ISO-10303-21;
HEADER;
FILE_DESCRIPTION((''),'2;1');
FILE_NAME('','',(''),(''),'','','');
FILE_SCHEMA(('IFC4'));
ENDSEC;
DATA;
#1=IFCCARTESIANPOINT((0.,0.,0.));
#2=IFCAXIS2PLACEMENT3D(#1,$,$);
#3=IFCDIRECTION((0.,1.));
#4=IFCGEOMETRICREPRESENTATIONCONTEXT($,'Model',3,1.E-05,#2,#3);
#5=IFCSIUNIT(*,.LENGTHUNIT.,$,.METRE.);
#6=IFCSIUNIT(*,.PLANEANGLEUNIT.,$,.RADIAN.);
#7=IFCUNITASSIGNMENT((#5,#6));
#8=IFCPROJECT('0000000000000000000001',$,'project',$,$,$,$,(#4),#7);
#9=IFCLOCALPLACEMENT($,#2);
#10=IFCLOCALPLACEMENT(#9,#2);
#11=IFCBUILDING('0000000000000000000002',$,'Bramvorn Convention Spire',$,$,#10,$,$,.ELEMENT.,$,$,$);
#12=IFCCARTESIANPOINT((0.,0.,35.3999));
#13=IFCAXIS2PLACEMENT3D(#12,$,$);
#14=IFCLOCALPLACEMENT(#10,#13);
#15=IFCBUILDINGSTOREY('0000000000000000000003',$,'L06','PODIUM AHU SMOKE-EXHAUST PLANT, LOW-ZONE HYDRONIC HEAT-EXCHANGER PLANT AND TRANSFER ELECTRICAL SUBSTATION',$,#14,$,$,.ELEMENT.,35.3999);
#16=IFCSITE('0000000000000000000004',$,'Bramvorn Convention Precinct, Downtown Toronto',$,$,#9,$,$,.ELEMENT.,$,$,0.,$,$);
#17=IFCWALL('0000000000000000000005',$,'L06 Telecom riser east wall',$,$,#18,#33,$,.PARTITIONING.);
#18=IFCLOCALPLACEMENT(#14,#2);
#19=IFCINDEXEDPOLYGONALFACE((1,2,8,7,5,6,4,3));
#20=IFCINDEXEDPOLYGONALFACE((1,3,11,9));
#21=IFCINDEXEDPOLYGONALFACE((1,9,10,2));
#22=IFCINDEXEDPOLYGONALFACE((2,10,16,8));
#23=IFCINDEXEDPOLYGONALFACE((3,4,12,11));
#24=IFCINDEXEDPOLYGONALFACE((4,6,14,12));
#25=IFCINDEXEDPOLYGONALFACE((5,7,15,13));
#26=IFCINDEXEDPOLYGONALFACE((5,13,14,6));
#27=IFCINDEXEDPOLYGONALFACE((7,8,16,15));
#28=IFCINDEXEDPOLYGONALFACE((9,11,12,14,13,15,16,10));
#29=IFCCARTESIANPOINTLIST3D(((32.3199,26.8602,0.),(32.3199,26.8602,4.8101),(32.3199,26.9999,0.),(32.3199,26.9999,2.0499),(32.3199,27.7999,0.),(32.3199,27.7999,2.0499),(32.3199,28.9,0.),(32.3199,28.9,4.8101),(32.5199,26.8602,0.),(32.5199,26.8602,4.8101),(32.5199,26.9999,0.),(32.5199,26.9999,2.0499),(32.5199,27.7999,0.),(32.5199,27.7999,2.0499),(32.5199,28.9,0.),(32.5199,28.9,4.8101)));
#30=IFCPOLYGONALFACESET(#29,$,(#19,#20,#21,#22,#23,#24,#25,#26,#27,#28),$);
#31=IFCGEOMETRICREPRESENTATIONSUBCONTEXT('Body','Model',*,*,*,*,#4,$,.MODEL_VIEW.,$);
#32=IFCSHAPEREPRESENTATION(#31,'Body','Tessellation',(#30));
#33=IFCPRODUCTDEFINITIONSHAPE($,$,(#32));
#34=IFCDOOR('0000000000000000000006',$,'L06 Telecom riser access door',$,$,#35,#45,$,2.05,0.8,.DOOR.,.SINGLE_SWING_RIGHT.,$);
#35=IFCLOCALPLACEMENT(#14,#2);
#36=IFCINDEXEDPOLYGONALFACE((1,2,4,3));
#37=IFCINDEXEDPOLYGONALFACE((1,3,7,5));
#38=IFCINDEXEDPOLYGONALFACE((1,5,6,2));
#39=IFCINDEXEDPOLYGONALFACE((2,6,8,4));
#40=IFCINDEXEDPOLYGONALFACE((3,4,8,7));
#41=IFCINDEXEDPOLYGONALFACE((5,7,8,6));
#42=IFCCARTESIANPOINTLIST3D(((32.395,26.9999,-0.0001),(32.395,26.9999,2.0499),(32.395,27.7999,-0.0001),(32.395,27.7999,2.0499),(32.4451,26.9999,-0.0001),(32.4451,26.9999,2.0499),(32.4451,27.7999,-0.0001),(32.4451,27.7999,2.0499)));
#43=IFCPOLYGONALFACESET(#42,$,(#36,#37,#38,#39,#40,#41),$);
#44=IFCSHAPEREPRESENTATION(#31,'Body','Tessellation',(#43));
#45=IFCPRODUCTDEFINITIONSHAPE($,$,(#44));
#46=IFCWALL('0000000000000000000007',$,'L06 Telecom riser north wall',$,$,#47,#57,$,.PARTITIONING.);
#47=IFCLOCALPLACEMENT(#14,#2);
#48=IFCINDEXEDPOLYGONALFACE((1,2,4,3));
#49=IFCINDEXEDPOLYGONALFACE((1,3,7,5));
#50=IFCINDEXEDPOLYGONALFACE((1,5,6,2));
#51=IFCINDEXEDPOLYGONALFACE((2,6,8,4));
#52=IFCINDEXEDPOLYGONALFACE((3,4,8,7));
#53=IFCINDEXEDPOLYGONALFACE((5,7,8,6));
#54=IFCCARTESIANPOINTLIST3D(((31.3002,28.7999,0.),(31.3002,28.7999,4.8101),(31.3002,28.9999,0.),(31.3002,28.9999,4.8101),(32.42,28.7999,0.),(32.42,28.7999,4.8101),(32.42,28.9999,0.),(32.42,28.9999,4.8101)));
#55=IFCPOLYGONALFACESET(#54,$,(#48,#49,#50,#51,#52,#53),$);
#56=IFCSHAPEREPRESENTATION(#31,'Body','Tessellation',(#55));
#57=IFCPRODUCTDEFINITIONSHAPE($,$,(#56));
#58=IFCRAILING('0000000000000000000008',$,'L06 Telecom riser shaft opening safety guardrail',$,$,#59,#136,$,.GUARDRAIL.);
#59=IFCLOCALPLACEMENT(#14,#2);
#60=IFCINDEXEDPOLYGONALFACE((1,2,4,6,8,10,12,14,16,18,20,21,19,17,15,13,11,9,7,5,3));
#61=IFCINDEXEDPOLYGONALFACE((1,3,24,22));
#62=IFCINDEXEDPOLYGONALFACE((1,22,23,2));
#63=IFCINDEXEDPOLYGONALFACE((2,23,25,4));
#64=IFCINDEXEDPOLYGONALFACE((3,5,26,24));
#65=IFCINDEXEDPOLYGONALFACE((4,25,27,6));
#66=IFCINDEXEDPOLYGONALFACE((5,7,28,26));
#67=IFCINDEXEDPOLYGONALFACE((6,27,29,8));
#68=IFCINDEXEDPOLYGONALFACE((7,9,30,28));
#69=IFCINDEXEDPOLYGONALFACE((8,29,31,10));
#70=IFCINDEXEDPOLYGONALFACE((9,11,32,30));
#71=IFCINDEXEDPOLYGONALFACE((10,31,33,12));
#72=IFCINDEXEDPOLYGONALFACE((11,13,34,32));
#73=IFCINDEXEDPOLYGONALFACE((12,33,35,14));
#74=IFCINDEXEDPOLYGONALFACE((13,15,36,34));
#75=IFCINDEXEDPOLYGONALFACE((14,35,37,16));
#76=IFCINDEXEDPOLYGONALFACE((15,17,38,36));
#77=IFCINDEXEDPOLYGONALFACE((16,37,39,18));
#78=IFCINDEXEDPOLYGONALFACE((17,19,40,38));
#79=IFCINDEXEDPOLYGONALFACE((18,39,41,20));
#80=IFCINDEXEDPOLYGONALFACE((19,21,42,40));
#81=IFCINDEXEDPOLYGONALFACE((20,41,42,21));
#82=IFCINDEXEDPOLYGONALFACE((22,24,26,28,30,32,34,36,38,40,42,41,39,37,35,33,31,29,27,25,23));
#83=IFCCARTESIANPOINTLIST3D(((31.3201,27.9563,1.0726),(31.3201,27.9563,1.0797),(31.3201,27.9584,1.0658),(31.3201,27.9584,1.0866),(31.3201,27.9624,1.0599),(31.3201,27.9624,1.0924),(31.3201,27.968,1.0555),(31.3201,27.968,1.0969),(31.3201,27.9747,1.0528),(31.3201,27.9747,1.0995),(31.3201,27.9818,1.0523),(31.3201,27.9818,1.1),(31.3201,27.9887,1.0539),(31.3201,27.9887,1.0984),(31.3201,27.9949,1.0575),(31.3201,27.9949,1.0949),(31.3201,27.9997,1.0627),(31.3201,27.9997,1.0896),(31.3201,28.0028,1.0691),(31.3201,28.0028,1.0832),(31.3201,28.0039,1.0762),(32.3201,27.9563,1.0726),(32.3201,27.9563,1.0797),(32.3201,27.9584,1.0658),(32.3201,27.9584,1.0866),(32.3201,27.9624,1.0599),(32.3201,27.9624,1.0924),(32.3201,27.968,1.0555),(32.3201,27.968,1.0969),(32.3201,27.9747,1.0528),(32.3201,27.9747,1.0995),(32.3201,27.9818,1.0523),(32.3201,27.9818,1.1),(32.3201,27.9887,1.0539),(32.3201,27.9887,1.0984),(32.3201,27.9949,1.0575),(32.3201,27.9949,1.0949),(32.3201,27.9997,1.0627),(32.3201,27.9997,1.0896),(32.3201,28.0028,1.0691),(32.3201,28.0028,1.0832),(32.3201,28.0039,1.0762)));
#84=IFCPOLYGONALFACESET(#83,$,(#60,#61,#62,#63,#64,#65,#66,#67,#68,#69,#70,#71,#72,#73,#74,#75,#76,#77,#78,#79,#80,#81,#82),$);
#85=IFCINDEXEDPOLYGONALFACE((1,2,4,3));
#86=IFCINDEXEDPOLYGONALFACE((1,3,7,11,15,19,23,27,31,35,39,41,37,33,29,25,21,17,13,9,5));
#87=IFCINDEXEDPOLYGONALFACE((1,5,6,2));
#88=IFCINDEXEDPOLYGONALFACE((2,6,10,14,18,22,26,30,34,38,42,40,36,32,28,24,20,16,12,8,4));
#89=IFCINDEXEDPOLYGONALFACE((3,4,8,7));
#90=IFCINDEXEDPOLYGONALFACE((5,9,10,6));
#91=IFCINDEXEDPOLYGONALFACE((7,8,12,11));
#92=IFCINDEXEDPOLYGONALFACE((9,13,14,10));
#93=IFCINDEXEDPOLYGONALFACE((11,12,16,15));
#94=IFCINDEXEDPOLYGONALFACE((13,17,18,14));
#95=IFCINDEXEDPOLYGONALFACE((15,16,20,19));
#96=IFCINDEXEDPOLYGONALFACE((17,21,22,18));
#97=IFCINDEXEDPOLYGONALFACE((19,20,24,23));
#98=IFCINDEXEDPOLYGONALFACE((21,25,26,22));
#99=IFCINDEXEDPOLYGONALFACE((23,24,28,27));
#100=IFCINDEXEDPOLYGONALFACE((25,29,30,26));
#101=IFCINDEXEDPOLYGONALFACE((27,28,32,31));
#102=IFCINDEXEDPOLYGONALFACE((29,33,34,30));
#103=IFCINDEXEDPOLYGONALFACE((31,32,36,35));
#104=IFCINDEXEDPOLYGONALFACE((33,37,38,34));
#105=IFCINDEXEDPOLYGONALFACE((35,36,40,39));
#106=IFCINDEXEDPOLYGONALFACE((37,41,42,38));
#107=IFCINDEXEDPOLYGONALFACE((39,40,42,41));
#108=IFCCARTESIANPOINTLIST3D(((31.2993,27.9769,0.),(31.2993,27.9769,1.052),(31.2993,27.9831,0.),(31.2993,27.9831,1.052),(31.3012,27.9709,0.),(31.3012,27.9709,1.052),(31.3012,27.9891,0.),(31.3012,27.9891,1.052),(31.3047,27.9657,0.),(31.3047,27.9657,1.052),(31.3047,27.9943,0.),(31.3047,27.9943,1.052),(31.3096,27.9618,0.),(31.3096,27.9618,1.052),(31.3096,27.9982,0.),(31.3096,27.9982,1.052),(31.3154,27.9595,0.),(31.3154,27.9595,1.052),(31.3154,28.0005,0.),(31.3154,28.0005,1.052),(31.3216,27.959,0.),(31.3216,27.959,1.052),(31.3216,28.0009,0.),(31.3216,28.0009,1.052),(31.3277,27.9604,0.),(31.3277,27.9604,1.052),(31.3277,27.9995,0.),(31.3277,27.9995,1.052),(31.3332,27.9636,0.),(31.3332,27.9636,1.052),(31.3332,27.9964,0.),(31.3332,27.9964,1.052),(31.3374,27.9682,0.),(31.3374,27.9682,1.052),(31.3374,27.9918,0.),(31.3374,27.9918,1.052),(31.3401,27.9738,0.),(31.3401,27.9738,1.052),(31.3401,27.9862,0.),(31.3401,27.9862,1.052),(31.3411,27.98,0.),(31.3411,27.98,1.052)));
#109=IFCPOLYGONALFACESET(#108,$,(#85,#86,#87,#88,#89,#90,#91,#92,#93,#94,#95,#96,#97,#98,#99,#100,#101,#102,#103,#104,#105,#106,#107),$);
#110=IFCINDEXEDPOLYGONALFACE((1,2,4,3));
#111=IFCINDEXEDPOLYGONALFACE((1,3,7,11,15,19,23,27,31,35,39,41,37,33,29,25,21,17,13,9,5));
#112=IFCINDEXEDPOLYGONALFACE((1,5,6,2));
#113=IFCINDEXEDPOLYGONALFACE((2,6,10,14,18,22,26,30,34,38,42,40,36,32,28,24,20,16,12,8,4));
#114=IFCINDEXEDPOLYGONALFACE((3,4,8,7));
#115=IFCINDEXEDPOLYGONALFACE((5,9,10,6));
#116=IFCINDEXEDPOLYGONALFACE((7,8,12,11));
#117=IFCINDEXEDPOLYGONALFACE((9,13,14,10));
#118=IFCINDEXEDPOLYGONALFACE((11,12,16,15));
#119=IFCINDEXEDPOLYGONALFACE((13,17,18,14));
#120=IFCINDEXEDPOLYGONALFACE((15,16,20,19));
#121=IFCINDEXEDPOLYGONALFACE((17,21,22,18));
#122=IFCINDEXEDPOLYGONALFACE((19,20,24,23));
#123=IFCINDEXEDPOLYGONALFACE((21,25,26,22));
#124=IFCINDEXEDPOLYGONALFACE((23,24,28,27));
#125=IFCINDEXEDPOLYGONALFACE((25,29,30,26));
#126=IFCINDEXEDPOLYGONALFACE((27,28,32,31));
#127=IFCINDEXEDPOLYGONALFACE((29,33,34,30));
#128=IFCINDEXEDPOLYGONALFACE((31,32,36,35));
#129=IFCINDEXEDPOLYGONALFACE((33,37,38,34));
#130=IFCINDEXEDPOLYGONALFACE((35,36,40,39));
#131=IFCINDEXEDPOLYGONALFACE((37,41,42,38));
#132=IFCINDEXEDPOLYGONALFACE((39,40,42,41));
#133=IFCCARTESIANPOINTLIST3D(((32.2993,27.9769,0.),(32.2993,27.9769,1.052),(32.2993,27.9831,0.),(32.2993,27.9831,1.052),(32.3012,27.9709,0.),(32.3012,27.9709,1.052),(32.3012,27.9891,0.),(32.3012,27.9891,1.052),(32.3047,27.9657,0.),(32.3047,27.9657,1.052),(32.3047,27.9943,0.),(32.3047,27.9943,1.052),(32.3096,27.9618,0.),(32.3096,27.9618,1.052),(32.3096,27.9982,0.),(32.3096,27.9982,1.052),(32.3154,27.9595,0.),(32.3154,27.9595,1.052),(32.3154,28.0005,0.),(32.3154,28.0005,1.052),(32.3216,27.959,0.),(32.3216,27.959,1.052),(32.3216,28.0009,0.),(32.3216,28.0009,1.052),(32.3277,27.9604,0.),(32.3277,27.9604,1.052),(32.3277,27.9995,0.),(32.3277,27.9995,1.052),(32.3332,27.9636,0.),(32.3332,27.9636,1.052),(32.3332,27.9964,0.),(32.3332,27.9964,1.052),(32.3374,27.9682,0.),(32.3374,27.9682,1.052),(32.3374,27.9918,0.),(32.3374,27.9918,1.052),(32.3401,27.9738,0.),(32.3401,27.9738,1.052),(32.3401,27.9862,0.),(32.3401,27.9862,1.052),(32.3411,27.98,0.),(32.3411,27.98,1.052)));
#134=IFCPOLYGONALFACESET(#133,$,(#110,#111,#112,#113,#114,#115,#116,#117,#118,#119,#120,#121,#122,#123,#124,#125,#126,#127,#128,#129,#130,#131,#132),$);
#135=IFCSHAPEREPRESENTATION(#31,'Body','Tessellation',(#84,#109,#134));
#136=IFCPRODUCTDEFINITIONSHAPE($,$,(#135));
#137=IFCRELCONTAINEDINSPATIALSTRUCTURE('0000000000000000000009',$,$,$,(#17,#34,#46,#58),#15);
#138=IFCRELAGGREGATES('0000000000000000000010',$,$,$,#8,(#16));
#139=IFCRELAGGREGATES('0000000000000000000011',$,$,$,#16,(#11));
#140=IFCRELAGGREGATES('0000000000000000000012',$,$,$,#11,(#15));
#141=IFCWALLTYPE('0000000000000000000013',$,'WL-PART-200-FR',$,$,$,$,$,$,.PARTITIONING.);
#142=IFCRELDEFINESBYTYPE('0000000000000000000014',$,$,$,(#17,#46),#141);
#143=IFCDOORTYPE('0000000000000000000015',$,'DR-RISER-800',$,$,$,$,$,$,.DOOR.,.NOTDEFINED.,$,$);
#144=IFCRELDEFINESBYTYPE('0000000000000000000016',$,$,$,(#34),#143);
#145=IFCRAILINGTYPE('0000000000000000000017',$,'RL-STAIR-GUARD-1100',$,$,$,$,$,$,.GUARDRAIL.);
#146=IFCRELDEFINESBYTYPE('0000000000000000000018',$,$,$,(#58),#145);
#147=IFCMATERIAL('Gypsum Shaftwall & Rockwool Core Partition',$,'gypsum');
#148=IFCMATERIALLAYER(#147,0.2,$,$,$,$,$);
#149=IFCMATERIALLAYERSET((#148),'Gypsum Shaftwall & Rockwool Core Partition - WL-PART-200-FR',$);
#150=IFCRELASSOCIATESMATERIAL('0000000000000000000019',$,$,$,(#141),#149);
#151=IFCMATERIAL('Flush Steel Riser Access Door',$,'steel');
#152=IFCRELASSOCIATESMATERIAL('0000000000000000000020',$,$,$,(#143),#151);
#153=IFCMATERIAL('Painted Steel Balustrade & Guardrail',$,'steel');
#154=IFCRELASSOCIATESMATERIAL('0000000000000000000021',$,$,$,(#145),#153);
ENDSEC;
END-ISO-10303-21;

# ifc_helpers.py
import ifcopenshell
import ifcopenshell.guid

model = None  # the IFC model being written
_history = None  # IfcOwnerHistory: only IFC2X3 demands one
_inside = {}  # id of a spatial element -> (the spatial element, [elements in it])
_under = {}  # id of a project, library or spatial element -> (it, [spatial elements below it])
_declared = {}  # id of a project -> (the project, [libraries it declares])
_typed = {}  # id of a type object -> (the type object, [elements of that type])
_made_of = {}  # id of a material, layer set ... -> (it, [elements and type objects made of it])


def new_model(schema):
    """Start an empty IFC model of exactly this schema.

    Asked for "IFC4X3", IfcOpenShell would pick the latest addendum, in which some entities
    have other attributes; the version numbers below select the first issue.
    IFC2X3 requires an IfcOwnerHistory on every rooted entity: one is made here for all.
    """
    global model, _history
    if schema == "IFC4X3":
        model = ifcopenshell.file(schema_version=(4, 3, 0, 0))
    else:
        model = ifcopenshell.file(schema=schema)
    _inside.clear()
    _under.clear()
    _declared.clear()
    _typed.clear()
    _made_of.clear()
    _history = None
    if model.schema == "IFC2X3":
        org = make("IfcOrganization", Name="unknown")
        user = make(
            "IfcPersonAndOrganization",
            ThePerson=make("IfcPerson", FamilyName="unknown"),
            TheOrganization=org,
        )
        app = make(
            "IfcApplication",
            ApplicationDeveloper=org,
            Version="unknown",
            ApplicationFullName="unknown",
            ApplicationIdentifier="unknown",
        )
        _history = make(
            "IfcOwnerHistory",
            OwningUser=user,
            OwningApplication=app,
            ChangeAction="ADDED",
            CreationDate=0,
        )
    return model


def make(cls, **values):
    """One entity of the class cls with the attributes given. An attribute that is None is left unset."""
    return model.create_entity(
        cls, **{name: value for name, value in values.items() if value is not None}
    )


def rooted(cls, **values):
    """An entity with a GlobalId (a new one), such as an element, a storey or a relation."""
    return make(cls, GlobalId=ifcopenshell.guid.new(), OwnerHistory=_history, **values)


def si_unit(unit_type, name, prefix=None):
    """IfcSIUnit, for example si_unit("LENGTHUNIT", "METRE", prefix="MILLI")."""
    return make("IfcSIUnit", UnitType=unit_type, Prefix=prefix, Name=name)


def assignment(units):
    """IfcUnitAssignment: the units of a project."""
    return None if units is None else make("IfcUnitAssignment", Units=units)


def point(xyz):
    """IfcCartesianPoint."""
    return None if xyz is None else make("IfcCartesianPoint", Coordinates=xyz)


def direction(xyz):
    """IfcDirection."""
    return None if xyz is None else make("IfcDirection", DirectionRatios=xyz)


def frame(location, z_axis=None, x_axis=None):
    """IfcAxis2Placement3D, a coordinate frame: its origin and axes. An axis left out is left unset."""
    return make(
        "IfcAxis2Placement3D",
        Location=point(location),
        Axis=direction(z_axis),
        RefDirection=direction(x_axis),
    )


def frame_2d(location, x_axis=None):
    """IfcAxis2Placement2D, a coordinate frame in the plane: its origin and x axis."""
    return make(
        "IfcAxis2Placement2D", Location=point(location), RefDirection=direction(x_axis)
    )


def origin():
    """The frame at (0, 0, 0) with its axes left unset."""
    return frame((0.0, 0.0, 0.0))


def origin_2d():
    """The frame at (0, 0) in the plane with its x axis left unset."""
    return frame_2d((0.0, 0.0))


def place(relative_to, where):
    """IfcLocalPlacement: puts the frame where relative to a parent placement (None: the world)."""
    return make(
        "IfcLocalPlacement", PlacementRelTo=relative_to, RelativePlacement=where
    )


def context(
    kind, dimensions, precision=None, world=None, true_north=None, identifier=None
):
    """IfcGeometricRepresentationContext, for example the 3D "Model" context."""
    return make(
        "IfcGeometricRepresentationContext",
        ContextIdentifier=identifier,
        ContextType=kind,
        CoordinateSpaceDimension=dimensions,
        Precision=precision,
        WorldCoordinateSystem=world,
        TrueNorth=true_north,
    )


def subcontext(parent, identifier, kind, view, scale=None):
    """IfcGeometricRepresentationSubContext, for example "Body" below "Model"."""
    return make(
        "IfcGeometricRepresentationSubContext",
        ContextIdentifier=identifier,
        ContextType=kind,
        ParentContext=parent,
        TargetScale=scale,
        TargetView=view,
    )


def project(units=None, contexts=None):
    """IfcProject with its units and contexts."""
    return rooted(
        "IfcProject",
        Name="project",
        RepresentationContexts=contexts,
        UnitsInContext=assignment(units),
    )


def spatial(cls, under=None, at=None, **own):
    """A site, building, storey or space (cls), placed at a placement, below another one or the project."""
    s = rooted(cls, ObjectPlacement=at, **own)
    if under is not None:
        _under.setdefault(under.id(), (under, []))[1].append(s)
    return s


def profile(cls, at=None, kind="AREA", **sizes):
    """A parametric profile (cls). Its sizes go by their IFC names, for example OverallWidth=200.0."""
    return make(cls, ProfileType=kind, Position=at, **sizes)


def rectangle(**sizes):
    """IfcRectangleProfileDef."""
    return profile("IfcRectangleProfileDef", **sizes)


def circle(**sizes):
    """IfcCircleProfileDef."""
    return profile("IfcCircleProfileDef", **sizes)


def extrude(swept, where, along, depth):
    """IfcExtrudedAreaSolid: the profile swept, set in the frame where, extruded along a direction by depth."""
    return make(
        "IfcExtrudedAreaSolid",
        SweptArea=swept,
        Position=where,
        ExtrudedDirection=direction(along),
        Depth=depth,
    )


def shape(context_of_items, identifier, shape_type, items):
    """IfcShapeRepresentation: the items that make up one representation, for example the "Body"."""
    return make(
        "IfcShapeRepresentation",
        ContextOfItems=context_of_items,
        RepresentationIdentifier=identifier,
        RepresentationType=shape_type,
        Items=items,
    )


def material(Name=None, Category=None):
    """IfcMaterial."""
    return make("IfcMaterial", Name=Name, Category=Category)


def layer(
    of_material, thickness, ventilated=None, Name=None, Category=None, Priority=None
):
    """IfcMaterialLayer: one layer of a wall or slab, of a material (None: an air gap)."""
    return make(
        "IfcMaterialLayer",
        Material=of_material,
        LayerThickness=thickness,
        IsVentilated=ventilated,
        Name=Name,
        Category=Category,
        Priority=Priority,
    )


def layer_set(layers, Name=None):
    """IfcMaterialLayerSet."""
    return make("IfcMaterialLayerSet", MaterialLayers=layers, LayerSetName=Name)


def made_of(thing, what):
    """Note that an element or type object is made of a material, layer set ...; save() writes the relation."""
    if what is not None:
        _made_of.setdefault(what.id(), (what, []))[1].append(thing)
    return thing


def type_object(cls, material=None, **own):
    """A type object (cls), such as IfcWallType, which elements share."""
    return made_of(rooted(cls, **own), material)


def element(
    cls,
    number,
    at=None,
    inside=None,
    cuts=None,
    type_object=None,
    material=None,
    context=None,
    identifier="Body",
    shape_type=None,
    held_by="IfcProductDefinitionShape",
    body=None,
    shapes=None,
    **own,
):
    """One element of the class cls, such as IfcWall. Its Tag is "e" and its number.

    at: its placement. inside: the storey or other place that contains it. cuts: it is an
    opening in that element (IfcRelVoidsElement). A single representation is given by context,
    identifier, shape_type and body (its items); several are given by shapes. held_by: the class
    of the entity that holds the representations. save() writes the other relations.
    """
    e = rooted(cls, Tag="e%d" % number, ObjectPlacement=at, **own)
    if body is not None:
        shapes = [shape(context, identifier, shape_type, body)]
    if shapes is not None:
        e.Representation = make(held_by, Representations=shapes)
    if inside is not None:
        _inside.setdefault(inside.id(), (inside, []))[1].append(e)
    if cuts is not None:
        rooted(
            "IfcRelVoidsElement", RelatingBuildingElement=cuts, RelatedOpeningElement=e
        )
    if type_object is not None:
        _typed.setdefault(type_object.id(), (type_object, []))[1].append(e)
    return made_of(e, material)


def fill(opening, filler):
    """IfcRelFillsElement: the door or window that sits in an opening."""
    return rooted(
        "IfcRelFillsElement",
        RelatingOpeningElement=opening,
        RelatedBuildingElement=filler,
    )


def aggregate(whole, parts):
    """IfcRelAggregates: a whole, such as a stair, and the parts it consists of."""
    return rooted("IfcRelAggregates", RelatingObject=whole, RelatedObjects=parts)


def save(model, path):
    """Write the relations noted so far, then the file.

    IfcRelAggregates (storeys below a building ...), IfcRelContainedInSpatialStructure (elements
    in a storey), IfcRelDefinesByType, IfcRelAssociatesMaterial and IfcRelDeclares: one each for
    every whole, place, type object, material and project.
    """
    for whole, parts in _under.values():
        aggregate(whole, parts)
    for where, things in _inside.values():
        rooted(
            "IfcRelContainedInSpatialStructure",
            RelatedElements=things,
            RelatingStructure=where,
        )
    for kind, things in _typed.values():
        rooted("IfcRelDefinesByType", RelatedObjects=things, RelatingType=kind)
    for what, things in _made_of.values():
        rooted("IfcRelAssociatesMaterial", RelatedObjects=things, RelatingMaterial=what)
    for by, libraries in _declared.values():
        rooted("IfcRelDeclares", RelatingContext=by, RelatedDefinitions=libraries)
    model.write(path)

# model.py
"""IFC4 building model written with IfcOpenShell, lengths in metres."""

from ifc_helpers import new_model, si_unit, direction, frame, frame_2d, origin, origin_2d, place, context, subcontext, project, spatial, rectangle, circle, extrude, material, layer, layer_set, type_object, element, fill, save


model = new_model("IFC4")

# Units and contexts
model_context = context("Model", 3, precision=1e-05, world=origin(), true_north=direction((0.0, 1.0)))
body_context = subcontext(model_context, "Body", "Model", "MODEL_VIEW")
ifc_project = project(units=[si_unit("LENGTHUNIT", "METRE"), si_unit("PLANEANGLEUNIT", "RADIAN")], contexts=[model_context])

# Site, building, storey
site_placement = place(None, origin())
site = spatial("IfcSite", under=ifc_project, at=site_placement, Name="Bramvorn Convention Precinct, Downtown Toronto", CompositionType="ELEMENT", RefElevation=0.0)
building_placement = place(site_placement, origin())
building = spatial("IfcBuilding", under=site, at=building_placement, Name="Bramvorn Convention Spire", CompositionType="ELEMENT")
storey_placement = place(building_placement, frame((0.0, 0.0, 35.3999)))
storey = spatial("IfcBuildingStorey", under=building, at=storey_placement, Name="L06", Description="PODIUM AHU SMOKE-EXHAUST PLANT, LOW-ZONE HYDRONIC HEAT-EXCHANGER PLANT AND TRANSFER ELECTRICAL SUBSTATION", CompositionType="ELEMENT", Elevation=35.3999)

# Wall, opening, door
ifc_material_1 = material(Name="Gypsum Shaftwall & Rockwool Core Partition", Category="gypsum")
ifc_layer_1 = layer(ifc_material_1, 0.2)
ifc_layer_set_1 = layer_set([ifc_layer_1], Name="Gypsum Shaftwall & Rockwool Core Partition - WL-PART-200-FR")
wall_type_1 = type_object("IfcWallType", Name="WL-PART-200-FR", PredefinedType="PARTITIONING", material=ifc_layer_set_1)
wall_1_placement = place(storey_placement, frame((32.4199, 26.8601, 0.0), z_axis=(0.0, 0.0, 1.0), x_axis=(0.0, 1.0, 0.0)))
wall_1 = element("IfcWall", 1, at=wall_1_placement, inside=storey, type_object=wall_type_1, Name="L06 Telecom riser east wall", PredefinedType="PARTITIONING", context=body_context, shape_type="SweptSolid", body=[
    extrude(rectangle(XDim=2.0398, YDim=0.2, at=frame_2d((1.02, 0.0))), origin(), (0.0, 0.0, 1.0), 4.8101),
])
opening_1_placement = place(wall_1_placement, frame((0.1399, 0.0, 0.0)))
opening_1 = element("IfcOpeningElement", 2, at=opening_1_placement, cuts=wall_1, PredefinedType="OPENING", context=body_context, shape_type="SweptSolid", body=[
    extrude(rectangle(XDim=0.8, YDim=2.05, at=frame_2d((0.3999, 1.0249))), frame((0.0, 0.1099, 0.0), z_axis=(0.0, -1.0, 0.0), x_axis=(1.0, 0.0, 0.0)), (0.0, 0.0, 1.0), 0.22),
])
ifc_material_2 = material(Name="Flush Steel Riser Access Door", Category="steel")
door_type_1 = type_object("IfcDoorType", Name="DR-RISER-800", OperationType="NOTDEFINED", PredefinedType="DOOR", material=ifc_material_2)
door_1_placement = place(opening_1_placement, origin())
door_1 = element("IfcDoor", 3, at=door_1_placement, inside=storey, type_object=door_type_1, Name="L06 Telecom riser access door", OperationType="SINGLE_SWING_RIGHT", OverallHeight=2.05, OverallWidth=0.8, PredefinedType="DOOR", context=body_context, shape_type="SweptSolid", body=[
    extrude(rectangle(XDim=0.8, YDim=2.05, at=frame_2d((0.3999, 1.0249))), frame((0.0, 0.0249, 0.0), z_axis=(0.0, -1.0, 0.0), x_axis=(1.0, 0.0, 0.0)), (0.0, 0.0, 1.0), 0.05),
])
fill(opening_1, door_1)

# Wall
wall_2_placement = place(storey_placement, frame((31.3, 28.8999, 0.0), z_axis=(0.0, 0.0, 1.0), x_axis=(1.0, 0.0, 0.0)))
element("IfcWall", 4, at=wall_2_placement, inside=storey, type_object=wall_type_1, Name="L06 Telecom riser north wall", PredefinedType="PARTITIONING", context=body_context, shape_type="SweptSolid", body=[
    extrude(rectangle(XDim=1.1199, YDim=0.2, at=frame_2d((0.5601, 0.0))), origin(), (0.0, 0.0, 1.0), 4.8101),
])

# Railing
ifc_material_3 = material(Name="Painted Steel Balustrade & Guardrail", Category="steel")
railing_type = type_object("IfcRailingType", Name="RL-STAIR-GUARD-1100", PredefinedType="GUARDRAIL", material=ifc_material_3)
railing_placement = place(storey_placement, frame((31.3201, 27.98, 0.0)))
element("IfcRailing", 5, at=railing_placement, inside=storey, type_object=railing_type, Name="L06 Telecom riser shaft opening safety guardrail", PredefinedType="GUARDRAIL", context=body_context, shape_type="SweptSolid", body=[
    extrude(circle(Radius=0.0239, at=origin_2d()), frame((0.0, 0.0, 1.0762), z_axis=(1.0, 0.0, 0.0), x_axis=(0.0, 1.0, 0.0)), (0.0, 0.0, 1.0), 1.0),
    extrude(circle(Radius=0.021, at=origin_2d()), origin(), (0.0, 0.0, 1.0), 1.052),
    extrude(circle(Radius=0.021, at=origin_2d()), frame((1.0, 0.0, 0.0)), (0.0, 0.0, 1.0), 1.052),
])

save(model, "model.ifc")
